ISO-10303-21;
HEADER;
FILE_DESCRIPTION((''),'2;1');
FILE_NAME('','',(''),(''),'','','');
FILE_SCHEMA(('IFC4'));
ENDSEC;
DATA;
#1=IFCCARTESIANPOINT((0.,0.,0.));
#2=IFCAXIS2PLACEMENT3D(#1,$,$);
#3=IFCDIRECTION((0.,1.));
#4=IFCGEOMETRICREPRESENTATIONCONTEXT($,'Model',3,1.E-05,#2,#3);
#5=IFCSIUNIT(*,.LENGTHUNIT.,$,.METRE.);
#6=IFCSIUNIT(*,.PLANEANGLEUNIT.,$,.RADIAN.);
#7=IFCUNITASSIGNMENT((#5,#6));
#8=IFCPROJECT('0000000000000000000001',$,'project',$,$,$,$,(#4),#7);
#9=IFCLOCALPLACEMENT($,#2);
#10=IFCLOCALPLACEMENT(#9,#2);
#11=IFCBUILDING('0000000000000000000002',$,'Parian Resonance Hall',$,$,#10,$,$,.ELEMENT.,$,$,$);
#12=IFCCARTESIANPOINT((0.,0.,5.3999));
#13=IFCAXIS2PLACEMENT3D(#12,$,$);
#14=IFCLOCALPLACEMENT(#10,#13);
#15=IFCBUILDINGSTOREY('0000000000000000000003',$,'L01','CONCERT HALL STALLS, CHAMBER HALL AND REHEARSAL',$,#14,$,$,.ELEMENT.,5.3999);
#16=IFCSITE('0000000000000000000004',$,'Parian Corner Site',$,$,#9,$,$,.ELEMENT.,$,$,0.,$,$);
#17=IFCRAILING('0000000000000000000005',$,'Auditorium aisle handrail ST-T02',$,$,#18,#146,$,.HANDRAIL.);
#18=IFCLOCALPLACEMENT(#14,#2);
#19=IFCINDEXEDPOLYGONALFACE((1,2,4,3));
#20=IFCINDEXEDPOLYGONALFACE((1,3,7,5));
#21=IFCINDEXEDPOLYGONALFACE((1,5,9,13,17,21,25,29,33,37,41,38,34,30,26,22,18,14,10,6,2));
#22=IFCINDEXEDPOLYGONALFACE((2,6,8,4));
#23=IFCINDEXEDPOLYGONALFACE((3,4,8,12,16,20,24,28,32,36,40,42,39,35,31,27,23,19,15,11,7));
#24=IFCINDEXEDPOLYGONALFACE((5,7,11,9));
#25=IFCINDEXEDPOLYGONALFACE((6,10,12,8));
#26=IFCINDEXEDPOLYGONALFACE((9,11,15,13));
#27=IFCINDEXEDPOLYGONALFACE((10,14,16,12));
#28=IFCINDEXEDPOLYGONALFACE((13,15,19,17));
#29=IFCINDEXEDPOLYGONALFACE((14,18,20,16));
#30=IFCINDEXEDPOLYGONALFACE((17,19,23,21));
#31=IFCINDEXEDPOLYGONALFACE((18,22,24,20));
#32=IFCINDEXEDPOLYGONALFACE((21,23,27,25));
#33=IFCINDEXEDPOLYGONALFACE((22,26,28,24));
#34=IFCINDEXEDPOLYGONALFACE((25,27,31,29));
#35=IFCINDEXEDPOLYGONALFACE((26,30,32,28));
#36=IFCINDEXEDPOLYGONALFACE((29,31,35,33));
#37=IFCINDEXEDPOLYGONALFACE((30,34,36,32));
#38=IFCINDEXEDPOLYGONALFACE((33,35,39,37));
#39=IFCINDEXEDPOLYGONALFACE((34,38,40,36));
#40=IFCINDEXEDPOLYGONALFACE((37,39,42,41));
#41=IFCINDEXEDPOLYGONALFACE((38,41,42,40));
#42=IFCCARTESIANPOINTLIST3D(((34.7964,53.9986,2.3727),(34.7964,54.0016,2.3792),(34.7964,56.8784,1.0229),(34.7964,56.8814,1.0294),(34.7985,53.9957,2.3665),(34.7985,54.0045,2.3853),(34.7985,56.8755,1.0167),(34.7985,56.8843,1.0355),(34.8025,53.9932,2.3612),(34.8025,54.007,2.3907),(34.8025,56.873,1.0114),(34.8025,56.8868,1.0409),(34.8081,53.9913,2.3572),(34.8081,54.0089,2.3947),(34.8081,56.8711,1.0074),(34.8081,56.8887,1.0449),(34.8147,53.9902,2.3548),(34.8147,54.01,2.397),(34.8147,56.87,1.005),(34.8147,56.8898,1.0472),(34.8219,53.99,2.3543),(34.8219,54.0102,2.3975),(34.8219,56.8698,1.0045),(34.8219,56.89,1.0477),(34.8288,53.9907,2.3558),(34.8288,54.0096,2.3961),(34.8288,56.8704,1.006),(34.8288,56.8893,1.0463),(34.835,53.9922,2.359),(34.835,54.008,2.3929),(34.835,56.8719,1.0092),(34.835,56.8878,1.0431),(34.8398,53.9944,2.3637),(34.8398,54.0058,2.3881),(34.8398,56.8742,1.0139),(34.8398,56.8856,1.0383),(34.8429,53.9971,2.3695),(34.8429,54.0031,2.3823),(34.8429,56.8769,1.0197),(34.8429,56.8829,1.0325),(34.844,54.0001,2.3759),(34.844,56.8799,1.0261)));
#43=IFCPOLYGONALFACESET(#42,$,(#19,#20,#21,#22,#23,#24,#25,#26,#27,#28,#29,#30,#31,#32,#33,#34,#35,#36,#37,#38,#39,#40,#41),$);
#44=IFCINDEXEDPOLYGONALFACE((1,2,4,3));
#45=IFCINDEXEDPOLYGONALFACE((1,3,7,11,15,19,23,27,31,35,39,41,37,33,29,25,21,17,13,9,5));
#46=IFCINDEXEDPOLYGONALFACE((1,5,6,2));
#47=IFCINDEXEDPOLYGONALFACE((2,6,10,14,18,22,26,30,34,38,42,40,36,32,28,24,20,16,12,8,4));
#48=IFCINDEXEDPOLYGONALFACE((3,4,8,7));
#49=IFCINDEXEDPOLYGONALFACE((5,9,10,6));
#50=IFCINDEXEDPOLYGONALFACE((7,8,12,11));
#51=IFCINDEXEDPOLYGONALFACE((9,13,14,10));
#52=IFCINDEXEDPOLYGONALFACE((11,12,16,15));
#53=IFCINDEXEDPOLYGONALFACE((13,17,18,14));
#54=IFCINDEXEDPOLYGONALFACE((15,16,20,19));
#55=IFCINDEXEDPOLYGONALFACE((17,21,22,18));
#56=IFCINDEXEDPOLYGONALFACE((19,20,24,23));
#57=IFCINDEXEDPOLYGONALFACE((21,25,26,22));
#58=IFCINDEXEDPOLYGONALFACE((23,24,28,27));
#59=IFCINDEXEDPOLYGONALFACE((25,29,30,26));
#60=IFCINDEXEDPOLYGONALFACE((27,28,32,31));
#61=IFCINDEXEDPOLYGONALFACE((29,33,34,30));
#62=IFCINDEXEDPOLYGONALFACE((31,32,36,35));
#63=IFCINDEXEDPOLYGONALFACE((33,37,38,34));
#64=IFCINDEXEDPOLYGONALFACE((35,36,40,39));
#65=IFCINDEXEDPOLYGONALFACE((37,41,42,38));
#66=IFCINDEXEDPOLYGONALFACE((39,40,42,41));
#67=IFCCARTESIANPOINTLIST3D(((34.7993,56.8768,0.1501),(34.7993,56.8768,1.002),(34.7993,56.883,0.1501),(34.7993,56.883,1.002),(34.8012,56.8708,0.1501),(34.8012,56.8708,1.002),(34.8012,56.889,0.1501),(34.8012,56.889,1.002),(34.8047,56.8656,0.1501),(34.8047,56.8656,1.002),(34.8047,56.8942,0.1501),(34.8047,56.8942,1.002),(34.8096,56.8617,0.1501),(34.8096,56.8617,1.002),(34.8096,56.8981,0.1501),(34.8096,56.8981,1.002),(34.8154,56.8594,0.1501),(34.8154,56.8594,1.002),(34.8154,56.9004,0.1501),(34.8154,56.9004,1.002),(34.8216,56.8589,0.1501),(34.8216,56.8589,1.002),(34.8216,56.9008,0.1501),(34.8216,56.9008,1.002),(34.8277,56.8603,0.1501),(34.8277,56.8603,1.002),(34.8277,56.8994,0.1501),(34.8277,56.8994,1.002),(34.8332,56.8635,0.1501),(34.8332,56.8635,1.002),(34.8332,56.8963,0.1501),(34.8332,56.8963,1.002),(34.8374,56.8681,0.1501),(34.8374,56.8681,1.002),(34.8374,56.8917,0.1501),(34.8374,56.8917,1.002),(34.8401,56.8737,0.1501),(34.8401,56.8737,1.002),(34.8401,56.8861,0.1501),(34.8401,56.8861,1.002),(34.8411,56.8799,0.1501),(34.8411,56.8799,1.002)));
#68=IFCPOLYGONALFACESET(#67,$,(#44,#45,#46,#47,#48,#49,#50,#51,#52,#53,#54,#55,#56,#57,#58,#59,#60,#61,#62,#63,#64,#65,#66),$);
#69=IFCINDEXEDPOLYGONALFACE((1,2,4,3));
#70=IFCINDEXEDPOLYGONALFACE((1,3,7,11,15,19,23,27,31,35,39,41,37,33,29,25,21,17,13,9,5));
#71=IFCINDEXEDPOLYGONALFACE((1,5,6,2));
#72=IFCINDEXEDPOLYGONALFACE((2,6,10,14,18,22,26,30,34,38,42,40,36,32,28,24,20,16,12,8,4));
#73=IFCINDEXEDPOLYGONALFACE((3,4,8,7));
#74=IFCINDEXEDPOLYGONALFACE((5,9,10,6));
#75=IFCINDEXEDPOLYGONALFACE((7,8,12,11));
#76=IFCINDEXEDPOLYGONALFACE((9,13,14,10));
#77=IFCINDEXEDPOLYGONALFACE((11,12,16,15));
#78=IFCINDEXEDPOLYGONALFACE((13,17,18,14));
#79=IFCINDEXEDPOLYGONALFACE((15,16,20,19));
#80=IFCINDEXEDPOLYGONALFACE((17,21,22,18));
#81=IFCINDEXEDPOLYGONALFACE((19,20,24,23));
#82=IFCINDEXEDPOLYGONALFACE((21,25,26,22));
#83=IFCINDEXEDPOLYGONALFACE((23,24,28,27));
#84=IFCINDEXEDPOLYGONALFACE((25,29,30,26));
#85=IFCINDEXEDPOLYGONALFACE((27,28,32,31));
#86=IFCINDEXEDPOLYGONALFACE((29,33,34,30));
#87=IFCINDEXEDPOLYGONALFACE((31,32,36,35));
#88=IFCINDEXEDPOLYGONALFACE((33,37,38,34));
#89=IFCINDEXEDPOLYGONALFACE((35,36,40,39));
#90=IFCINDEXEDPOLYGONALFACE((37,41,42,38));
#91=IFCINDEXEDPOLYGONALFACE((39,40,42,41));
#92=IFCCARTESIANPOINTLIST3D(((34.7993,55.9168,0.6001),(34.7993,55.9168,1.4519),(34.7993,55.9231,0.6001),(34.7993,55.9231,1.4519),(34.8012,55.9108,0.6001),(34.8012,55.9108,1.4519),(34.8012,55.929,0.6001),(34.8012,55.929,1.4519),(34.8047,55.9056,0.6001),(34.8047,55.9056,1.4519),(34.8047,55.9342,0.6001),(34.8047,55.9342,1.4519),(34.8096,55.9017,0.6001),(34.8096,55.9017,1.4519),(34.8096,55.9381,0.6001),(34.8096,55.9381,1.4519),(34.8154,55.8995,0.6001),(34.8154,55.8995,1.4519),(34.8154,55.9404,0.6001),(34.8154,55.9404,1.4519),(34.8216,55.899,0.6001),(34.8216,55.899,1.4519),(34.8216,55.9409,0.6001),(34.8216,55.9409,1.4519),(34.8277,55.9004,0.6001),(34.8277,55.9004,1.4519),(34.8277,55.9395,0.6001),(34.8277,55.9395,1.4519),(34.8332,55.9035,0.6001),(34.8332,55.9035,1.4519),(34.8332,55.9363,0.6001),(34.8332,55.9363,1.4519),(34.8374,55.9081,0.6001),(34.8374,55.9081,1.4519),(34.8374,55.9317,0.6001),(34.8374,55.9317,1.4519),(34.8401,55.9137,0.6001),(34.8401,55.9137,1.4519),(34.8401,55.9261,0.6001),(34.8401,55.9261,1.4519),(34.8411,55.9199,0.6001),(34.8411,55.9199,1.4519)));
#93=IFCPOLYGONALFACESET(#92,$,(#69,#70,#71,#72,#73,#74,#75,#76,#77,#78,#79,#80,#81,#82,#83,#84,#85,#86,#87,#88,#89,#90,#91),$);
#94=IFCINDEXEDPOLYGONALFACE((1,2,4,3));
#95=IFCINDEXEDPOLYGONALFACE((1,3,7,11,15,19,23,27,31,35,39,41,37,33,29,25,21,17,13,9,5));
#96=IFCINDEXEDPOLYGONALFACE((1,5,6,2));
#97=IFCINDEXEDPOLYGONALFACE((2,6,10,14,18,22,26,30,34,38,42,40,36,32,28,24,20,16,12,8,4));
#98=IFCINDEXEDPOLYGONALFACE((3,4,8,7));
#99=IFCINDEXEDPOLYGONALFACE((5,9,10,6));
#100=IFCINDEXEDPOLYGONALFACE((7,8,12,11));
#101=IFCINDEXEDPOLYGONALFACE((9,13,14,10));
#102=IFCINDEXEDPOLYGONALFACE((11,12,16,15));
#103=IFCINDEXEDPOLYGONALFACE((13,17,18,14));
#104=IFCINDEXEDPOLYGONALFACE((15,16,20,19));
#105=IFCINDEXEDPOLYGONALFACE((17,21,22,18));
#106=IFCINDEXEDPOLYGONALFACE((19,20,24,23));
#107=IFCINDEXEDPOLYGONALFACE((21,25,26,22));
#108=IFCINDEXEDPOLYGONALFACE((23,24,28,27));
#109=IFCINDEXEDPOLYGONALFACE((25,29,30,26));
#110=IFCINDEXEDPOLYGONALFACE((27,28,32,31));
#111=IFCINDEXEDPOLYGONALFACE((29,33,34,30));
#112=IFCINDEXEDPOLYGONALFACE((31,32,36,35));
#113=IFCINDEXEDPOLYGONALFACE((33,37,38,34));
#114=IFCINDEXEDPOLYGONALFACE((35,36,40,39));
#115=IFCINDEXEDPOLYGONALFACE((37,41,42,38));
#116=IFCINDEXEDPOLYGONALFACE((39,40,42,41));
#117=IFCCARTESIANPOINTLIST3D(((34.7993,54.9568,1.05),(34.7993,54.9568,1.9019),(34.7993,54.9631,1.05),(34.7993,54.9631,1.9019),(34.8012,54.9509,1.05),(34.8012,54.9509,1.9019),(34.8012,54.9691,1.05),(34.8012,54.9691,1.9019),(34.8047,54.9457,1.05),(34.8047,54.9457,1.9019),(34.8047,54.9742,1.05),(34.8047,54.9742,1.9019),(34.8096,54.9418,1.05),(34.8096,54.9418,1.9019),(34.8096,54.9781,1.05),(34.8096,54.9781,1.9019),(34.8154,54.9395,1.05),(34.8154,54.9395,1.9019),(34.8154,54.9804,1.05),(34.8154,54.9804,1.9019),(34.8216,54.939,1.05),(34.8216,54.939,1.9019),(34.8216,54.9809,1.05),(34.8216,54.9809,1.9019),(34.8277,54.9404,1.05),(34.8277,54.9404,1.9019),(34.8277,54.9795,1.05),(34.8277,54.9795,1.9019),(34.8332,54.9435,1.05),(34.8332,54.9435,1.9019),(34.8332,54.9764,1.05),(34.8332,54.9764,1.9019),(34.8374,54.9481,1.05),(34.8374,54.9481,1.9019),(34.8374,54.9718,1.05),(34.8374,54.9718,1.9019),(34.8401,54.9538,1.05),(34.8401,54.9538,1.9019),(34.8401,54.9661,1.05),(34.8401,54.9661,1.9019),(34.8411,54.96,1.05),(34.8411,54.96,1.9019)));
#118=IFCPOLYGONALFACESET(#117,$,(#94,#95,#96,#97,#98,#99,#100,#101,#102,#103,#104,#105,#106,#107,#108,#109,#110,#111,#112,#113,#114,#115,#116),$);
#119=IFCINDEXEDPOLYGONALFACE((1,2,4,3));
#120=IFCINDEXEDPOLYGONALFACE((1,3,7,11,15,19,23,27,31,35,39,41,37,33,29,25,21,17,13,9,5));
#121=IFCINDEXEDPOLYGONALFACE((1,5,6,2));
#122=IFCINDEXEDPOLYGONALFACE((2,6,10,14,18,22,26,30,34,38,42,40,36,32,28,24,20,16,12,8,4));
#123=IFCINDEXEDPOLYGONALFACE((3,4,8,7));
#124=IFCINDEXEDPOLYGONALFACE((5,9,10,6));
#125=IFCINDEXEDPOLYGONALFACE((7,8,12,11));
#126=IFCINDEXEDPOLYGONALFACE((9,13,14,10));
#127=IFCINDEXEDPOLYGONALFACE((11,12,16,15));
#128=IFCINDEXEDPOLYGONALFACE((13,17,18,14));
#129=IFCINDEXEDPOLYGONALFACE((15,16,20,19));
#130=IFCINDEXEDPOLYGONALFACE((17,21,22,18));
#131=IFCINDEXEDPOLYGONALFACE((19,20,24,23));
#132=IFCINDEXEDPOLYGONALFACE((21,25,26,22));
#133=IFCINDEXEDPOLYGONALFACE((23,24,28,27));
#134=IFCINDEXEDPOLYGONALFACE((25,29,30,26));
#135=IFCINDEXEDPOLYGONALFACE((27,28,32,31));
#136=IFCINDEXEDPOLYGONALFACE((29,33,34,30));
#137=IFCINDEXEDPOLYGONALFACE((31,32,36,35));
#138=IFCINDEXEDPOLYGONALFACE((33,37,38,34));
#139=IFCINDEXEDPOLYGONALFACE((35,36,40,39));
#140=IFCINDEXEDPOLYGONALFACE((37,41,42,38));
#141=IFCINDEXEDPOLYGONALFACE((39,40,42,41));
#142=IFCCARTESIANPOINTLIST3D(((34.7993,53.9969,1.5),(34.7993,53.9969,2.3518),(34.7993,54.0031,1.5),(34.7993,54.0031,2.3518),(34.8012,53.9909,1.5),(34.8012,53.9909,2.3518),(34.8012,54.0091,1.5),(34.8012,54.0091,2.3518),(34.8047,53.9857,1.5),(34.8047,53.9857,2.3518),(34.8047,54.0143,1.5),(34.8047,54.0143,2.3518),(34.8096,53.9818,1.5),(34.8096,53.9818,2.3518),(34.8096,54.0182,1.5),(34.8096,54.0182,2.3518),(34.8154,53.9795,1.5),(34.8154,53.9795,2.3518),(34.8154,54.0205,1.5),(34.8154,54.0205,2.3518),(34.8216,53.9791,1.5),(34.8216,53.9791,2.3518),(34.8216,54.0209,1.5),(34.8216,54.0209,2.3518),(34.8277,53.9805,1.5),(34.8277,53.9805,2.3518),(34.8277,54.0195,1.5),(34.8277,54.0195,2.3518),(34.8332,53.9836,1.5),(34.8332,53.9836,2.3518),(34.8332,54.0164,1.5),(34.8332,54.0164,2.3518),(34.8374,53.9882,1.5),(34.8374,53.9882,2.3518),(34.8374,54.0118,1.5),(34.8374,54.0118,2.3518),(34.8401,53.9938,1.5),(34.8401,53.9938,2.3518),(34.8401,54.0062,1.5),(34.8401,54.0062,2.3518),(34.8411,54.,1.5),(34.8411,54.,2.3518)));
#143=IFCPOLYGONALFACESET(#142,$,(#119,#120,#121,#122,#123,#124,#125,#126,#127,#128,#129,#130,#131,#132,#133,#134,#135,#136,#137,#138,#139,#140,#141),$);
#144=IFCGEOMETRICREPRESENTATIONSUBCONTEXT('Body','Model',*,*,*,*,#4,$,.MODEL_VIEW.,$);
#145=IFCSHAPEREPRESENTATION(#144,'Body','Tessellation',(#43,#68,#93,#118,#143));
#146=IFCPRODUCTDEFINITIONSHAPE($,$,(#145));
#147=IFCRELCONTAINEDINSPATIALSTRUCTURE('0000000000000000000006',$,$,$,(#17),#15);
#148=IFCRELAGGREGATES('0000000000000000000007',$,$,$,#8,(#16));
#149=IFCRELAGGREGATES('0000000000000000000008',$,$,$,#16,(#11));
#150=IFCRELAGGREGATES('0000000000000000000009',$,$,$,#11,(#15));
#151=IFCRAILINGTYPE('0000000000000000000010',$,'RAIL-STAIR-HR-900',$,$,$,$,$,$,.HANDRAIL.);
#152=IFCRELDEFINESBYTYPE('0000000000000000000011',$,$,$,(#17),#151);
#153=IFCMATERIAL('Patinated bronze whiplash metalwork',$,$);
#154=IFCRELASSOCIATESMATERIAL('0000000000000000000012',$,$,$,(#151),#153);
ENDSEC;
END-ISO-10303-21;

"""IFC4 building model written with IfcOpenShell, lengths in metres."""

from ifc_helpers import new_model, si_unit, direction, frame, origin, origin_2d, place, context, subcontext, project, spatial, circle, extrude, material, type_object, element, save


model = new_model("IFC4")

# Units and contexts
model_context = context("Model", 3, precision=1e-05, world=origin(), true_north=direction((0.0, 1.0)))
body_context = subcontext(model_context, "Body", "Model", "MODEL_VIEW")
ifc_project = project(units=[si_unit("LENGTHUNIT", "METRE"), si_unit("PLANEANGLEUNIT", "RADIAN")], contexts=[model_context])

# Site, building, storey
site_placement = place(None, origin())
site = spatial("IfcSite", under=ifc_project, at=site_placement, Name="Parian Corner Site", CompositionType="ELEMENT", RefElevation=0.0)
building_placement = place(site_placement, origin())
building = spatial("IfcBuilding", under=site, at=building_placement, Name="Parian Resonance Hall", CompositionType="ELEMENT")
storey_placement = place(building_placement, frame((0.0, 0.0, 5.3999)))
storey = spatial("IfcBuildingStorey", under=building, at=storey_placement, Name="L01", Description="CONCERT HALL STALLS, CHAMBER HALL AND REHEARSAL", CompositionType="ELEMENT", Elevation=5.3999)

# Railing
ifc_material_1 = material(Name="Patinated bronze whiplash metalwork")
railing_type_1 = type_object("IfcRailingType", Name="RAIL-STAIR-HR-900", PredefinedType="HANDRAIL", material=ifc_material_1)
railing_1_placement = place(storey_placement, frame((34.8201, 56.8799, 0.1501)))
element("IfcRailing", 1, at=railing_1_placement, inside=storey, type_object=railing_type_1, Name="Auditorium aisle handrail ST-T02", PredefinedType="HANDRAIL", context=body_context, shape_type="SweptSolid", body=[
    extrude(circle(Radius=0.0239, at=origin_2d()), frame((0.0, 0.0, 0.876), z_axis=(0.0, -0.90547, 0.42441), x_axis=(1.0, 0.0, 0.0)), (0.0, 0.0, 1.0), 3.1804),
    extrude(circle(Radius=0.021, at=origin_2d()), origin(), (0.0, 0.0, 1.0), 0.8518),
    extrude(circle(Radius=0.021, at=origin_2d()), frame((0.0, -0.96, 0.45)), (0.0, 0.0, 1.0), 0.8518),
    extrude(circle(Radius=0.021, at=origin_2d()), frame((0.0, -1.9199, 0.8999)), (0.0, 0.0, 1.0), 0.8518),
    extrude(circle(Radius=0.021, at=origin_2d()), frame((0.0, -2.8799, 1.3499)), (0.0, 0.0, 1.0), 0.8518),
])

save(model, "model.ifc")
